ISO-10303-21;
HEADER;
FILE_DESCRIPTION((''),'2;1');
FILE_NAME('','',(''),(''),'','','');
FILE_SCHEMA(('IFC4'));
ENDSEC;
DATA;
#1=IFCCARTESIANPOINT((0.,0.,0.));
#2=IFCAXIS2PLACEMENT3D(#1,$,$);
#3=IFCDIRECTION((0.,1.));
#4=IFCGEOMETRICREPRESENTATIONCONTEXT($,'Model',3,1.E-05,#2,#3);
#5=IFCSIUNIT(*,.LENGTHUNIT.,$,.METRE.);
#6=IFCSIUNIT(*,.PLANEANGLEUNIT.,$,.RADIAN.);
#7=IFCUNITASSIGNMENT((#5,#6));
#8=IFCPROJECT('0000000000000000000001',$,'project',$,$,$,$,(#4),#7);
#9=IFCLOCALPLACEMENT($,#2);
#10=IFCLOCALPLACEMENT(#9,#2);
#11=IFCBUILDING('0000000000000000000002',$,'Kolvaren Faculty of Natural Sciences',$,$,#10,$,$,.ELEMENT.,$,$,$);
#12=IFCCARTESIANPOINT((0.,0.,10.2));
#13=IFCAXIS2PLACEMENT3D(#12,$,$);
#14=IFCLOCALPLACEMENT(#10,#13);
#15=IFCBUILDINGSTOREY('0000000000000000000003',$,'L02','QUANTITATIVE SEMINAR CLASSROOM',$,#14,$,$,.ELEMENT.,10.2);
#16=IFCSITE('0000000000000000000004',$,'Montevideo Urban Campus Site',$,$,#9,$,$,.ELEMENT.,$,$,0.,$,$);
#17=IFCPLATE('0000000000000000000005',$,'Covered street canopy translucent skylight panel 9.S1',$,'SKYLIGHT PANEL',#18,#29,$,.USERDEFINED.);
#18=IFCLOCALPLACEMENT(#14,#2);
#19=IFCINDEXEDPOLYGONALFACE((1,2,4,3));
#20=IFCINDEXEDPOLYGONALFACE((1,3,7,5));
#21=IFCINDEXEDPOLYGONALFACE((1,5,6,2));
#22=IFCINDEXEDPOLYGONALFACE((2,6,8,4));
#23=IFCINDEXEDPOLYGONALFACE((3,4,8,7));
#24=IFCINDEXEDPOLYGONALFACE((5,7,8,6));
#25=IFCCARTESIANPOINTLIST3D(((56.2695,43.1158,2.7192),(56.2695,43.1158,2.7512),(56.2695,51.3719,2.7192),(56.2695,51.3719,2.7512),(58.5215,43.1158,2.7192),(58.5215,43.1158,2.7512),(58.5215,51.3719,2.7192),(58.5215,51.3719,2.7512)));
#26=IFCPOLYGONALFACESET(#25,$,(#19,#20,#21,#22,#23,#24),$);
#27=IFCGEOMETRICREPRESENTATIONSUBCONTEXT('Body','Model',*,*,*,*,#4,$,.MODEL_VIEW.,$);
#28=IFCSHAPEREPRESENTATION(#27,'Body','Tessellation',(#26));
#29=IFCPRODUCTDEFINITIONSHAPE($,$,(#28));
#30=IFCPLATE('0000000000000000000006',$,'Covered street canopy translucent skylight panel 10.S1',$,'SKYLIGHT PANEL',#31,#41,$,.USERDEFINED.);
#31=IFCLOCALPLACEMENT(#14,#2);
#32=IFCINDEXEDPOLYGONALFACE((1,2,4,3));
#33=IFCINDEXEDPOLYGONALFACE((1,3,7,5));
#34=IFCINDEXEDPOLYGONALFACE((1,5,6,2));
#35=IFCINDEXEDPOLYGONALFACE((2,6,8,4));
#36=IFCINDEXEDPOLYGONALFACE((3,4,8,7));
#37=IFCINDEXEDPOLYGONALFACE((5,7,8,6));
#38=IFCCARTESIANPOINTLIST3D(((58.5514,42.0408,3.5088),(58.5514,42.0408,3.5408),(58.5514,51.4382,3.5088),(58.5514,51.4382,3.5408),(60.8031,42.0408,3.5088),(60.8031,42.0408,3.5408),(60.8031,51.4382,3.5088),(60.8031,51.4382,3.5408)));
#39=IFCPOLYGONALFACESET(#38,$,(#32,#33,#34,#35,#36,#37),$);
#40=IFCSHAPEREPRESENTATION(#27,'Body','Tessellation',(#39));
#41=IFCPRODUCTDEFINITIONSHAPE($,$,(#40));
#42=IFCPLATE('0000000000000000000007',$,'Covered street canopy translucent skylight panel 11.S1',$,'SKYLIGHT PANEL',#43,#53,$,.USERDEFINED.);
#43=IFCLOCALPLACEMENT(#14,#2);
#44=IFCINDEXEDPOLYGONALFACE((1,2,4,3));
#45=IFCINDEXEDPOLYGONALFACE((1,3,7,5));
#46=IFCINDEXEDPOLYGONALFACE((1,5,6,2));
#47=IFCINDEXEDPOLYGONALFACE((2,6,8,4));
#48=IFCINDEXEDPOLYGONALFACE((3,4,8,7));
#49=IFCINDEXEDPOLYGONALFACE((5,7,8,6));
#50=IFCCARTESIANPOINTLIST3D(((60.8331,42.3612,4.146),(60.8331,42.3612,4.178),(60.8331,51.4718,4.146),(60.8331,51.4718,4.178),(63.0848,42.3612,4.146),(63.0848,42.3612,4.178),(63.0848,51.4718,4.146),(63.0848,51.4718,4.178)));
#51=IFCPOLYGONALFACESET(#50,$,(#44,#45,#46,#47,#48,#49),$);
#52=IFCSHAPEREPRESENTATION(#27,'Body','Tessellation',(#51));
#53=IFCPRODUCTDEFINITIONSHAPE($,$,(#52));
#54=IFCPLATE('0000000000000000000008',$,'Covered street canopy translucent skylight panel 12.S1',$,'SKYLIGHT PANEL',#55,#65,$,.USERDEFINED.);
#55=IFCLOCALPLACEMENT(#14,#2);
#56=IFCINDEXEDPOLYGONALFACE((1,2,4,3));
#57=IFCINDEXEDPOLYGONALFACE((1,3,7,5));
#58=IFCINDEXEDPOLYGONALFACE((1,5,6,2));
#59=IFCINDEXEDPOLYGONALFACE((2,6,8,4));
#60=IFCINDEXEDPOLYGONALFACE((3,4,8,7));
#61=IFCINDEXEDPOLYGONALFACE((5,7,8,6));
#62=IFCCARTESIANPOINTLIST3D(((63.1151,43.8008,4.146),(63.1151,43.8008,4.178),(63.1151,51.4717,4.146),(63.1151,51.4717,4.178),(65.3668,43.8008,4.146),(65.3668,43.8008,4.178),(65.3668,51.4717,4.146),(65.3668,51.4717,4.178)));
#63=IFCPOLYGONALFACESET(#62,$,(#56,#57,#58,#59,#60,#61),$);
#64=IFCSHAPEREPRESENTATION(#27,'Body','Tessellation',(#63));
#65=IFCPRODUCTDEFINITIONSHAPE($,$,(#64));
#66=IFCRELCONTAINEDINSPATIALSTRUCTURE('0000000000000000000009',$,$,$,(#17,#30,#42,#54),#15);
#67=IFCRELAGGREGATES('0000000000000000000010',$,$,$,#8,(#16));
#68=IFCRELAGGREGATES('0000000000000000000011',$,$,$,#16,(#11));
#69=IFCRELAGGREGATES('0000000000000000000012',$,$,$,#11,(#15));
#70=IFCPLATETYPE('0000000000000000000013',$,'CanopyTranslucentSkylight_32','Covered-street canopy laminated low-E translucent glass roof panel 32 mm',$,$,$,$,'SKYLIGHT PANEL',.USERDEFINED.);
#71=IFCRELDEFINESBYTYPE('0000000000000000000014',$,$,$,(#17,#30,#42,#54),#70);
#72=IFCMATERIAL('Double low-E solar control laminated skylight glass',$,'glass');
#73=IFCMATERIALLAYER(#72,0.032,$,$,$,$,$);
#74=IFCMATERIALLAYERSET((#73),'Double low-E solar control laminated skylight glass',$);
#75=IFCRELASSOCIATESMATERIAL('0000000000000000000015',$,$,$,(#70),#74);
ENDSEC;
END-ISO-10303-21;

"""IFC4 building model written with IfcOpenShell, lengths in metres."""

from ifc_helpers import new_model, si_unit, direction, frame, origin, origin_2d, place, context, subcontext, project, spatial, rectangle, extrude, material, layer, layer_set, type_object, element, save


model = new_model("IFC4")

# Units and contexts
model_context = context("Model", 3, precision=1e-05, world=origin(), true_north=direction((0.0, 1.0)))
body_context = subcontext(model_context, "Body", "Model", "MODEL_VIEW")
ifc_project = project(units=[si_unit("LENGTHUNIT", "METRE"), si_unit("PLANEANGLEUNIT", "RADIAN")], contexts=[model_context])

# Site, building, storey
site_placement = place(None, origin())
site = spatial("IfcSite", under=ifc_project, at=site_placement, Name="Montevideo Urban Campus Site", CompositionType="ELEMENT", RefElevation=0.0)
building_placement = place(site_placement, origin())
building = spatial("IfcBuilding", under=site, at=building_placement, Name="Kolvaren Faculty of Natural Sciences", CompositionType="ELEMENT")
storey_placement = place(building_placement, frame((0.0, 0.0, 10.2)))
storey = spatial("IfcBuildingStorey", under=building, at=storey_placement, Name="L02", Description="QUANTITATIVE SEMINAR CLASSROOM", CompositionType="ELEMENT", Elevation=10.2)

# Plates
ifc_material_1 = material(Name="Double low-E solar control laminated skylight glass", Category="glass")
ifc_layer_1 = layer(ifc_material_1, 0.032)
ifc_layer_set_1 = layer_set([ifc_layer_1], Name="Double low-E solar control laminated skylight glass")
plate_type_1 = type_object("IfcPlateType", Name="CanopyTranslucentSkylight_32", Description="Covered-street canopy laminated low-E translucent glass roof panel 32 mm", ElementType="SKYLIGHT PANEL", PredefinedType="USERDEFINED", material=ifc_layer_set_1)
plate_1_placement = place(storey_placement, frame((57.3955, 47.2439, 2.7192), z_axis=(0.0, 0.0, 1.0), x_axis=(1.0, 0.0, 0.0)))
element("IfcPlate", 1, at=plate_1_placement, inside=storey, type_object=plate_type_1, Name="Covered street canopy translucent skylight panel 9.S1", ObjectType="SKYLIGHT PANEL", PredefinedType="USERDEFINED", context=body_context, shape_type="SweptSolid", body=[
    extrude(rectangle(XDim=2.252, YDim=8.2561, at=origin_2d()), origin(), (0.0, 0.0, 1.0), 0.032),
])
plate_2_placement = place(storey_placement, frame((59.6772, 46.7395, 3.5088), z_axis=(0.0, 0.0, 1.0), x_axis=(1.0, 0.0, 0.0)))
element("IfcPlate", 2, at=plate_2_placement, inside=storey, type_object=plate_type_1, Name="Covered street canopy translucent skylight panel 10.S1", ObjectType="SKYLIGHT PANEL", PredefinedType="USERDEFINED", context=body_context, shape_type="SweptSolid", body=[
    extrude(rectangle(XDim=2.2517, YDim=9.3975, at=origin_2d()), origin(), (0.0, 0.0, 1.0), 0.032),
])
plate_3_placement = place(storey_placement, frame((61.959, 46.9165, 4.146), z_axis=(0.0, 0.0, 1.0), x_axis=(1.0, 0.0, 0.0)))
element("IfcPlate", 3, at=plate_3_placement, inside=storey, type_object=plate_type_1, Name="Covered street canopy translucent skylight panel 11.S1", ObjectType="SKYLIGHT PANEL", PredefinedType="USERDEFINED", context=body_context, shape_type="SweptSolid", body=[
    extrude(rectangle(XDim=2.2517, YDim=9.1106, at=origin_2d()), origin(), (0.0, 0.0, 1.0), 0.032),
])
plate_4_placement = place(storey_placement, frame((64.241, 47.6362, 4.146), z_axis=(0.0, 0.0, 1.0), x_axis=(1.0, 0.0, 0.0)))
element("IfcPlate", 4, at=plate_4_placement, inside=storey, type_object=plate_type_1, Name="Covered street canopy translucent skylight panel 12.S1", ObjectType="SKYLIGHT PANEL", PredefinedType="USERDEFINED", context=body_context, shape_type="SweptSolid", body=[
    extrude(rectangle(XDim=2.2517, YDim=7.6709, at=origin_2d()), origin(), (0.0, 0.0, 1.0), 0.032),
])

save(model, "model.ifc")
